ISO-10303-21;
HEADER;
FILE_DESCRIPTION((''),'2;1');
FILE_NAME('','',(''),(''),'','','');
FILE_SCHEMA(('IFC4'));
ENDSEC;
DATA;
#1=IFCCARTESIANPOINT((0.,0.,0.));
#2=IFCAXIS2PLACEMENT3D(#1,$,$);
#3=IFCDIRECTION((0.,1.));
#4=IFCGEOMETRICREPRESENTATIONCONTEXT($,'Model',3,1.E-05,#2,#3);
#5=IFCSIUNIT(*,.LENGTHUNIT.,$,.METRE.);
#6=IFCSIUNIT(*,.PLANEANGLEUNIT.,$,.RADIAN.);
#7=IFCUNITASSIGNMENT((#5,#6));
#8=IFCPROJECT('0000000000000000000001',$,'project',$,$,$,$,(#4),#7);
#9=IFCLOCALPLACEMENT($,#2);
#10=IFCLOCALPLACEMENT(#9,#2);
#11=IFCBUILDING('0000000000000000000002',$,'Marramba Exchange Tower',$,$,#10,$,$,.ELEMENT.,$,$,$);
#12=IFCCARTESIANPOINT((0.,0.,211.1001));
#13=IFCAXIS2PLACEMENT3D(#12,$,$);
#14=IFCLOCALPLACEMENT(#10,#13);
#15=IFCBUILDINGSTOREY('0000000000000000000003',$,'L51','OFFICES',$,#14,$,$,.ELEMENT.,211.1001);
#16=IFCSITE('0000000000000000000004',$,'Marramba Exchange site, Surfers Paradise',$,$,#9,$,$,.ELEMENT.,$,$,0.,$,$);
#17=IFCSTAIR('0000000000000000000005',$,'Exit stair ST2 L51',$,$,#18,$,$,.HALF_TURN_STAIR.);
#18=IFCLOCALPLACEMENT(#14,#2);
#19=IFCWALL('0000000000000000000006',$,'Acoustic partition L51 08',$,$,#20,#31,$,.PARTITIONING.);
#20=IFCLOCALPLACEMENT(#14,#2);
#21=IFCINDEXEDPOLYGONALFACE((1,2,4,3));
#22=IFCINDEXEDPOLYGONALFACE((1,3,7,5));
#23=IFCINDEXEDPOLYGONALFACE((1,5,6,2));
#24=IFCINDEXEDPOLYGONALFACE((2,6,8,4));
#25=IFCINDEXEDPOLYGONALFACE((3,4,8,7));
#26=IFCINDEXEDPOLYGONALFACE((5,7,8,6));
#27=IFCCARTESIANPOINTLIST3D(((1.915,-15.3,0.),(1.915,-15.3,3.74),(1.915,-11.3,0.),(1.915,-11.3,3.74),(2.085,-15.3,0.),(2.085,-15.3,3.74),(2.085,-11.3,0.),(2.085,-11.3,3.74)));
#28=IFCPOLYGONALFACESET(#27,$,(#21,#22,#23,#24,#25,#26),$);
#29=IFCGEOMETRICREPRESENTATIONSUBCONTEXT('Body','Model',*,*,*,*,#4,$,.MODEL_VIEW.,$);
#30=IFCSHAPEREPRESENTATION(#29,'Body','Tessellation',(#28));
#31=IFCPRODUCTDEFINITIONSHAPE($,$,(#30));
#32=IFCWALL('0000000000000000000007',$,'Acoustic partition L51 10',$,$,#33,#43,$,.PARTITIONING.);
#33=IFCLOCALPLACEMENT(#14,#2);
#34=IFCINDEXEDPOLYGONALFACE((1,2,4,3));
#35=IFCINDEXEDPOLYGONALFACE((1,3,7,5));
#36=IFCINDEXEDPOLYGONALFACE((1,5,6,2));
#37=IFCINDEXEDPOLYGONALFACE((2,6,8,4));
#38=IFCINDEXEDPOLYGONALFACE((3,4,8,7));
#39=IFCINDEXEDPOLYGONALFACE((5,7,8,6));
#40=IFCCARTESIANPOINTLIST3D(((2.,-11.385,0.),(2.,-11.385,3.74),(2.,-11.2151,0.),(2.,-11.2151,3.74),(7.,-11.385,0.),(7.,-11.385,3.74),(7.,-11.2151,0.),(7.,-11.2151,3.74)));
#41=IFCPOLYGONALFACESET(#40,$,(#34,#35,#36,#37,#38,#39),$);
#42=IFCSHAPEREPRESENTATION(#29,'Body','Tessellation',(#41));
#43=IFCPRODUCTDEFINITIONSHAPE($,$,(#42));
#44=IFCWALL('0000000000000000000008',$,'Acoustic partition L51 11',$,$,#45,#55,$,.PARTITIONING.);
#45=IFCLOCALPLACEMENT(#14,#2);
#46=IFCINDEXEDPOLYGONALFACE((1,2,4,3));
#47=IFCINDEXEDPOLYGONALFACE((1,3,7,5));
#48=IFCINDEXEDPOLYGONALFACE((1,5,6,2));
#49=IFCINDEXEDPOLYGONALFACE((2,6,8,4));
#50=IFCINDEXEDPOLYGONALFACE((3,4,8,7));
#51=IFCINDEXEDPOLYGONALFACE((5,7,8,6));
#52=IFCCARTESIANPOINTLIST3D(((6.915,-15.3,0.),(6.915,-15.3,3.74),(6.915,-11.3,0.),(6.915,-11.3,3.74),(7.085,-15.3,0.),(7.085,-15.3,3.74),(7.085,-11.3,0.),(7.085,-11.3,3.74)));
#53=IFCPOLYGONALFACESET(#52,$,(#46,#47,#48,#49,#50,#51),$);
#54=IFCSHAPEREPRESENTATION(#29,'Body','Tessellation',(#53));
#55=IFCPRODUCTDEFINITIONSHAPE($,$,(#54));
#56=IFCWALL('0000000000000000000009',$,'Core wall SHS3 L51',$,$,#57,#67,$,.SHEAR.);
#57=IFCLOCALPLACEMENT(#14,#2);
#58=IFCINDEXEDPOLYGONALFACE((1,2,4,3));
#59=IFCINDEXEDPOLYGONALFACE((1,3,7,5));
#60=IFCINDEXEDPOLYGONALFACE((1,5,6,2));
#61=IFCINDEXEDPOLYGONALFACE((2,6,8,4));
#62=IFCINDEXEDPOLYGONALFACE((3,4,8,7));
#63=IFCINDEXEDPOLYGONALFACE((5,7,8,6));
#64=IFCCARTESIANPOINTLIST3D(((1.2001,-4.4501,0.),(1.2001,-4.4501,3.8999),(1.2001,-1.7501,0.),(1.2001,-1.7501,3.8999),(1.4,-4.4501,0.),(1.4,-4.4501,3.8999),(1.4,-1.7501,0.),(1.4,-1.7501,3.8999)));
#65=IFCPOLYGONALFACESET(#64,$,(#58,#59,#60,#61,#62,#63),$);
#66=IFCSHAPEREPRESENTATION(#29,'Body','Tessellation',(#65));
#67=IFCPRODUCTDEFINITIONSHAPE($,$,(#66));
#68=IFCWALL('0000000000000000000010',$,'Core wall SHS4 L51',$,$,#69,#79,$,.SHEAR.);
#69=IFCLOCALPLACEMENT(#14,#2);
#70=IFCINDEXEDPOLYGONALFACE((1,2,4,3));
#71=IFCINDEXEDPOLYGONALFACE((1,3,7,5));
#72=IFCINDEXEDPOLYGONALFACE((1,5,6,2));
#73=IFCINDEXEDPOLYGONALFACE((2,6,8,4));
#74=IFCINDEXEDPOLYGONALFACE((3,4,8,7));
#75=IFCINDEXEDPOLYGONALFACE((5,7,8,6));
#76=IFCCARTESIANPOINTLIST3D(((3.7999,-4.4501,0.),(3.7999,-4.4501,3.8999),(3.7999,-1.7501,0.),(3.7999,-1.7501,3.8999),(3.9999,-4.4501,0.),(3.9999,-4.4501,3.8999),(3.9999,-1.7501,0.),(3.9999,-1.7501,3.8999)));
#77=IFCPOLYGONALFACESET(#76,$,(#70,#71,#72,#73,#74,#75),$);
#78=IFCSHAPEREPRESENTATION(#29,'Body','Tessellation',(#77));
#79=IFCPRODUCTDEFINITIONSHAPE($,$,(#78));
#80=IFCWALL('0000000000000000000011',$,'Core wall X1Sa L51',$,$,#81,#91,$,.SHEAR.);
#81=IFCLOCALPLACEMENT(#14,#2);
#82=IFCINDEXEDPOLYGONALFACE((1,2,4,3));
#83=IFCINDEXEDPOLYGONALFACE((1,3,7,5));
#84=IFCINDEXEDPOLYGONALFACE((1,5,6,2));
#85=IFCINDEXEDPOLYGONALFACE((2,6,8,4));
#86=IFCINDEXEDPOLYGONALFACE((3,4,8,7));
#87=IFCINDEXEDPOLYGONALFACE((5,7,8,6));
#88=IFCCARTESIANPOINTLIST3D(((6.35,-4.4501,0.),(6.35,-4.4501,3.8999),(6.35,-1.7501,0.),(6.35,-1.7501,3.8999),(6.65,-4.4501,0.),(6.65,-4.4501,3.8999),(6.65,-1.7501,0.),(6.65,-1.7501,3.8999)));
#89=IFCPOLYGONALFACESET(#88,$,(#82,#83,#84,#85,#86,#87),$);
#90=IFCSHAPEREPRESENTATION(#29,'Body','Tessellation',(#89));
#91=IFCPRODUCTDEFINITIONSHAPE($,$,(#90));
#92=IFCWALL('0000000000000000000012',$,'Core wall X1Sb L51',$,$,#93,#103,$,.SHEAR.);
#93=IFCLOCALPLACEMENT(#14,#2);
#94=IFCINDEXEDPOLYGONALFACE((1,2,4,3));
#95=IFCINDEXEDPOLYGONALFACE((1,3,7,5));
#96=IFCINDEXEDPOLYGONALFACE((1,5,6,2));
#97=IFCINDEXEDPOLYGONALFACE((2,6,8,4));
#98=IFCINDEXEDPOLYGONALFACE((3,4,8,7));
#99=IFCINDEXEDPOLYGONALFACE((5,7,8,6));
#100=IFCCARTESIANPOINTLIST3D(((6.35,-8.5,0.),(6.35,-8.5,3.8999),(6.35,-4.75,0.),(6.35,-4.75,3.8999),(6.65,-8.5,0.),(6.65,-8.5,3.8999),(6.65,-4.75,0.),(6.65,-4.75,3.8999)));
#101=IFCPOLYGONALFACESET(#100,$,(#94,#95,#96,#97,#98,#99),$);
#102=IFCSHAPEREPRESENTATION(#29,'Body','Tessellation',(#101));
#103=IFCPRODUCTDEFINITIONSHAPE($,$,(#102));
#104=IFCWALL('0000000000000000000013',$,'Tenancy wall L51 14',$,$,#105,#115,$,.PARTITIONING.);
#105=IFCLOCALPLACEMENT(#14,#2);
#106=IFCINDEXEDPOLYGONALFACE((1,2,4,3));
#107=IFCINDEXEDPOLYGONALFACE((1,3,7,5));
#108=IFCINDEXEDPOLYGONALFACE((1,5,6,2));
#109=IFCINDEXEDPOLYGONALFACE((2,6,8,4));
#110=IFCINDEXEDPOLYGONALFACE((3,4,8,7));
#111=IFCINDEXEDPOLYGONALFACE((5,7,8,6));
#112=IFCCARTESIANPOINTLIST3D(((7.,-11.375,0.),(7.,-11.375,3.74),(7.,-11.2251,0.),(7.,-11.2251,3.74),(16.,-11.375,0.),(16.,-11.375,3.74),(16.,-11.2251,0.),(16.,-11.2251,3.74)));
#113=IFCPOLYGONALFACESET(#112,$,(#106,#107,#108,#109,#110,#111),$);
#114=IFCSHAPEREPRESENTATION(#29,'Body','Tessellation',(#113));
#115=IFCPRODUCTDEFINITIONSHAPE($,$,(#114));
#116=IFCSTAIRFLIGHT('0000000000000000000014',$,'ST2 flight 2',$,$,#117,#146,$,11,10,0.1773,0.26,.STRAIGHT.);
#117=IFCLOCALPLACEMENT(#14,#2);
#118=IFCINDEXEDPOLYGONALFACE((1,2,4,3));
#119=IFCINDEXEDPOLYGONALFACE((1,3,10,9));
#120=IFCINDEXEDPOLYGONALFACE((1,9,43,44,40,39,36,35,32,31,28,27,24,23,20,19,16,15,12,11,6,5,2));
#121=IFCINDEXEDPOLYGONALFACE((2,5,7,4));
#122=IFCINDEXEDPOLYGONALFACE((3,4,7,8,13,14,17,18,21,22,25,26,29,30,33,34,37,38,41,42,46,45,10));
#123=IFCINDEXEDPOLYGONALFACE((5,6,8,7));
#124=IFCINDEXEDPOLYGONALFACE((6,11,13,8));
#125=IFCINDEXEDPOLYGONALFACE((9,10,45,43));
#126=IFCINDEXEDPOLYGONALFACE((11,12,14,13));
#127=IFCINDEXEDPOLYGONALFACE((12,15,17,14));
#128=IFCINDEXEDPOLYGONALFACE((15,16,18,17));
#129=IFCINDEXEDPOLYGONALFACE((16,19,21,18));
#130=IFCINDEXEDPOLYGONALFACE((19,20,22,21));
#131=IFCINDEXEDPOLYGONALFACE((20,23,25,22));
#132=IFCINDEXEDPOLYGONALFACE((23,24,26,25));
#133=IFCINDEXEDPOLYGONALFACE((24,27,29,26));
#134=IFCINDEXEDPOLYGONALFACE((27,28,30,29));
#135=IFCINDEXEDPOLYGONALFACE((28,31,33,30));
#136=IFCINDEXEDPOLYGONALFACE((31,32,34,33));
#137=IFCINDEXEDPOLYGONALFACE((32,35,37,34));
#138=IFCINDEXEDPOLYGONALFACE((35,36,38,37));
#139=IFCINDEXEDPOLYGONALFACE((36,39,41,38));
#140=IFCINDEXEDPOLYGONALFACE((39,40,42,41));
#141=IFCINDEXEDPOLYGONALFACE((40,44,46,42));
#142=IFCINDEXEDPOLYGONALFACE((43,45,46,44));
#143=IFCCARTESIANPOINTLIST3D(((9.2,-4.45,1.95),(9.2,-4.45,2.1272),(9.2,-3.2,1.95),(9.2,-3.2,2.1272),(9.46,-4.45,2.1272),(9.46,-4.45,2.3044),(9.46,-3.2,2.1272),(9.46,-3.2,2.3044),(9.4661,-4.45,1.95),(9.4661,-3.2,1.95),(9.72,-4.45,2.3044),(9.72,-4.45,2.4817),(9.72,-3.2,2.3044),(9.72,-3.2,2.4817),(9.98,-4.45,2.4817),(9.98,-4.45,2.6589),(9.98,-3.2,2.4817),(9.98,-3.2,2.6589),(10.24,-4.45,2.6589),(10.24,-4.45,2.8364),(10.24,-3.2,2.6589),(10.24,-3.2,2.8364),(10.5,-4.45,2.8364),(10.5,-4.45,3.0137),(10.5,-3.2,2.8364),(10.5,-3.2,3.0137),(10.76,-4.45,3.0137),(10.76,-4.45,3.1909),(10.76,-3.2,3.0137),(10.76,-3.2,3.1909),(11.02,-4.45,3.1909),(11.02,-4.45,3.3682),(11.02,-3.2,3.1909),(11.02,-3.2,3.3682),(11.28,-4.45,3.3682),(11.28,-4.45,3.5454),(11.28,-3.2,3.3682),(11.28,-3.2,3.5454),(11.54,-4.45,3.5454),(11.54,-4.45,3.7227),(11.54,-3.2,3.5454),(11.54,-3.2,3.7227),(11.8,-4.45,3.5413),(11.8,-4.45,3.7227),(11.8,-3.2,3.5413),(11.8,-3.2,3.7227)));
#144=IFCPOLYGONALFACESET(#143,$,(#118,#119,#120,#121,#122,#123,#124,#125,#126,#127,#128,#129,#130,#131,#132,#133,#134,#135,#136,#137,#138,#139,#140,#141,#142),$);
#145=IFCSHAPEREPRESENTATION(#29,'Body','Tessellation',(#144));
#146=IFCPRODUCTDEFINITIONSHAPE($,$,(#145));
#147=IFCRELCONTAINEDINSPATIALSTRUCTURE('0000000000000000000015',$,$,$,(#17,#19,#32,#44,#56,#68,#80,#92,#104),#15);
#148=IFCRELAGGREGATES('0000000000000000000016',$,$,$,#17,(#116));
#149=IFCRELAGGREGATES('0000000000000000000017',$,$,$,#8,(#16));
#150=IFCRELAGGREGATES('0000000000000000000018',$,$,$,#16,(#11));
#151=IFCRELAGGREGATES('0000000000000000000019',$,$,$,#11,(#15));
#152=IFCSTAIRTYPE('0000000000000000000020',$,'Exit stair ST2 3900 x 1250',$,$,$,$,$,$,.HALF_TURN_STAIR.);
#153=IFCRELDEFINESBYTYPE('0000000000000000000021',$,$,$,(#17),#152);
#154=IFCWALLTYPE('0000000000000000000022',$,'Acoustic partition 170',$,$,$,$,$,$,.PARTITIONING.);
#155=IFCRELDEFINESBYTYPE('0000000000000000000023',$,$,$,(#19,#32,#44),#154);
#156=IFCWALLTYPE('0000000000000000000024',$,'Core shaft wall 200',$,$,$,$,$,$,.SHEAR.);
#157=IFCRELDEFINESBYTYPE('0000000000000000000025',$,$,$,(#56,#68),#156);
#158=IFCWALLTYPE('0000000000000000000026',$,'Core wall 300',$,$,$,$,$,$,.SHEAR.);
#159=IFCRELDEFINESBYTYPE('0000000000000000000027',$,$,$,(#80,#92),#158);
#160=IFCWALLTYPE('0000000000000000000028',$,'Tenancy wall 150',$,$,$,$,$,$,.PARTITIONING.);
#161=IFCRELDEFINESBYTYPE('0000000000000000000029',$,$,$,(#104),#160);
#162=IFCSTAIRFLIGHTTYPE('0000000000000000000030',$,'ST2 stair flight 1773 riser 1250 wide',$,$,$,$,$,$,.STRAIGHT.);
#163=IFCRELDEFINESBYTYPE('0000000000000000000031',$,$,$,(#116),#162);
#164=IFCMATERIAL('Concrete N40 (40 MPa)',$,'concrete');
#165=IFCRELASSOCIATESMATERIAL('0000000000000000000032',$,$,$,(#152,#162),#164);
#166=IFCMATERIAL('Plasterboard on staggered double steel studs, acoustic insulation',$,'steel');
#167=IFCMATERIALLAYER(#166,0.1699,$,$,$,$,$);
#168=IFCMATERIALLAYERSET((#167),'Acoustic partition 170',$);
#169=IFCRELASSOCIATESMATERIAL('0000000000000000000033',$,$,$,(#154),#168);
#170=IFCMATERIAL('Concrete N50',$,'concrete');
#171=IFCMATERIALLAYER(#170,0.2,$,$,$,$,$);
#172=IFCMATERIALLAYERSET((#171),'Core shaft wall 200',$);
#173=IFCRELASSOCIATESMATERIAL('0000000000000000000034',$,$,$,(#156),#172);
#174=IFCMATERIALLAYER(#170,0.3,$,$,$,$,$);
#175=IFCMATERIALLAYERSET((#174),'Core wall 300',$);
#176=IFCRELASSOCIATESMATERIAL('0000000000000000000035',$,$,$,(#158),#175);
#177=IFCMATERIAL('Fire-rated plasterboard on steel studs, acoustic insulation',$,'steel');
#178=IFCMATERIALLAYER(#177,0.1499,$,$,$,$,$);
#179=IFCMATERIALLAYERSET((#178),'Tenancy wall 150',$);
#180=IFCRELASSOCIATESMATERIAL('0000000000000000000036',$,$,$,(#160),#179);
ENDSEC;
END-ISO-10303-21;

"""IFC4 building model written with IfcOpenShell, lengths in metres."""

from ifc_helpers import new_model, si_unit, direction, frame, frame_2d, origin, place, context, subcontext, project, spatial, polyline, rectangle, outline, extrude, material, layer, layer_set, type_object, element, aggregate, save


model = new_model("IFC4")

# Units and contexts
model_context = context("Model", 3, precision=1e-05, world=origin(), true_north=direction((0.0, 1.0)))
body_context = subcontext(model_context, "Body", "Model", "MODEL_VIEW")
ifc_project = project(units=[si_unit("LENGTHUNIT", "METRE"), si_unit("PLANEANGLEUNIT", "RADIAN")], contexts=[model_context])

# Site, building, storey
site_placement = place(None, origin())
site = spatial("IfcSite", under=ifc_project, at=site_placement, Name="Marramba Exchange site, Surfers Paradise", CompositionType="ELEMENT", RefElevation=0.0)
building_placement = place(site_placement, origin())
building = spatial("IfcBuilding", under=site, at=building_placement, Name="Marramba Exchange Tower", CompositionType="ELEMENT")
storey_placement = place(building_placement, frame((0.0, 0.0, 211.1001)))
storey = spatial("IfcBuildingStorey", under=building, at=storey_placement, Name="L51", Description="OFFICES", CompositionType="ELEMENT", Elevation=211.1001)

# Stair
ifc_material_1 = material(Name="Concrete N40 (40 MPa)", Category="concrete")
stair_type_1 = type_object("IfcStairType", Name="Exit stair ST2 3900 x 1250", PredefinedType="HALF_TURN_STAIR", material=ifc_material_1)
stair_1_placement = place(storey_placement, origin())
stair_1 = element("IfcStair", 1, at=stair_1_placement, inside=storey, type_object=stair_type_1, Name="Exit stair ST2 L51", PredefinedType="HALF_TURN_STAIR")

# Walls
ifc_material_2 = material(Name="Plasterboard on staggered double steel studs, acoustic insulation", Category="steel")
ifc_layer_1 = layer(ifc_material_2, 0.1699)
ifc_layer_set_1 = layer_set([ifc_layer_1], Name="Acoustic partition 170")
wall_type_1 = type_object("IfcWallType", Name="Acoustic partition 170", PredefinedType="PARTITIONING", material=ifc_layer_set_1)
wall_1_placement = place(storey_placement, frame((2.0, -11.3, 0.0), z_axis=(0.0, 0.0, 1.0), x_axis=(0.0, -1.0, 0.0)))
element("IfcWall", 2, at=wall_1_placement, inside=storey, type_object=wall_type_1, Name="Acoustic partition L51 08", PredefinedType="PARTITIONING", context=body_context, shape_type="SweptSolid", body=[
    extrude(rectangle(XDim=4.0, YDim=0.1699, at=frame_2d((2.0, 0.0))), origin(), (0.0, 0.0, 1.0), 3.74),
])
wall_2_placement = place(storey_placement, frame((7.0, -11.3, 0.0), z_axis=(0.0, 0.0, 1.0), x_axis=(-1.0, 0.0, 0.0)))
element("IfcWall", 3, at=wall_2_placement, inside=storey, type_object=wall_type_1, Name="Acoustic partition L51 10", PredefinedType="PARTITIONING", context=body_context, shape_type="SweptSolid", body=[
    extrude(rectangle(XDim=5.0, YDim=0.1699, at=frame_2d((2.5, 0.0))), origin(), (0.0, 0.0, 1.0), 3.74),
])
wall_3_placement = place(storey_placement, frame((7.0, -11.3, 0.0), z_axis=(0.0, 0.0, 1.0), x_axis=(0.0, -1.0, 0.0)))
element("IfcWall", 4, at=wall_3_placement, inside=storey, type_object=wall_type_1, Name="Acoustic partition L51 11", PredefinedType="PARTITIONING", context=body_context, shape_type="SweptSolid", body=[
    extrude(rectangle(XDim=4.0, YDim=0.1699, at=frame_2d((2.0, 0.0))), origin(), (0.0, 0.0, 1.0), 3.74),
])
ifc_material_3 = material(Name="Concrete N50", Category="concrete")
ifc_layer_2 = layer(ifc_material_3, 0.2)
ifc_layer_set_2 = layer_set([ifc_layer_2], Name="Core shaft wall 200")
wall_type_2 = type_object("IfcWallType", Name="Core shaft wall 200", PredefinedType="SHEAR", material=ifc_layer_set_2)
for number, where, z_axis, x_axis, name in (
    (5, (1.3, -1.75, 0.0), (0.0, 0.0, 1.0), (0.0, -1.0, 0.0), "Core wall SHS3 L51"),
    (6, (3.8999, -1.75, 0.0), (0.0, 0.0, 1.0), (0.0, -1.0, 0.0), "Core wall SHS4 L51"),
):
    element("IfcWall", number, at=place(storey_placement, frame(where, z_axis=z_axis, x_axis=x_axis)), inside=storey, type_object=wall_type_2, Name=name, PredefinedType="SHEAR", context=body_context, shape_type="SweptSolid", body=[
        extrude(rectangle(XDim=2.7, YDim=0.2, at=frame_2d((1.3501, 0.0))), origin(), (0.0, 0.0, 1.0), 3.8999),
    ])
ifc_layer_3 = layer(ifc_material_3, 0.3)
ifc_layer_set_3 = layer_set([ifc_layer_3], Name="Core wall 300")
wall_type_3 = type_object("IfcWallType", Name="Core wall 300", PredefinedType="SHEAR", material=ifc_layer_set_3)
wall_4_placement = place(storey_placement, frame((6.5, -1.75, 0.0), z_axis=(0.0, 0.0, 1.0), x_axis=(0.0, -1.0, 0.0)))
element("IfcWall", 7, at=wall_4_placement, inside=storey, type_object=wall_type_3, Name="Core wall X1Sa L51", PredefinedType="SHEAR", context=body_context, shape_type="SweptSolid", body=[
    extrude(rectangle(XDim=2.7, YDim=0.3, at=frame_2d((1.3501, 0.0))), origin(), (0.0, 0.0, 1.0), 3.8999),
])
wall_5_placement = place(storey_placement, frame((6.5, -4.75, 0.0), z_axis=(0.0, 0.0, 1.0), x_axis=(0.0, -1.0, 0.0)))
element("IfcWall", 8, at=wall_5_placement, inside=storey, type_object=wall_type_3, Name="Core wall X1Sb L51", PredefinedType="SHEAR", context=body_context, shape_type="SweptSolid", body=[
    extrude(rectangle(XDim=3.75, YDim=0.3, at=frame_2d((1.875, 0.0))), origin(), (0.0, 0.0, 1.0), 3.8999),
])

# Wall
ifc_material_4 = material(Name="Fire-rated plasterboard on steel studs, acoustic insulation", Category="steel")
ifc_layer_4 = layer(ifc_material_4, 0.1499)
ifc_layer_set_4 = layer_set([ifc_layer_4], Name="Tenancy wall 150")
wall_type_4 = type_object("IfcWallType", Name="Tenancy wall 150", PredefinedType="PARTITIONING", material=ifc_layer_set_4)
wall_6_placement = place(storey_placement, frame((7.0, -11.3, 0.0), z_axis=(0.0, 0.0, 1.0), x_axis=(1.0, 0.0, 0.0)))
element("IfcWall", 9, at=wall_6_placement, inside=storey, type_object=wall_type_4, Name="Tenancy wall L51 14", PredefinedType="PARTITIONING", context=body_context, shape_type="SweptSolid", body=[
    extrude(rectangle(XDim=9.0, YDim=0.1499, at=frame_2d((4.5, 0.0))), origin(), (0.0, 0.0, 1.0), 3.74),
])

# Stair flight
stair_flight_type = type_object("IfcStairFlightType", Name="ST2 stair flight 1773 riser 1250 wide", PredefinedType="STRAIGHT", material=ifc_material_1)
stair_flight_placement = place(storey_placement, frame((9.2, -3.825, 1.95), z_axis=(0.0, 0.0, 1.0), x_axis=(1.0, 0.0, 0.0)))
stair_flight = element("IfcStairFlight", 10, at=stair_flight_placement, type_object=stair_flight_type, Name="ST2 flight 2", NumberOfRisers=11, NumberOfTreads=10, PredefinedType="STRAIGHT", RiserHeight=0.1773, TreadLength=0.26, context=body_context, shape_type="SweptSolid", body=[
    extrude(outline(polyline([(0.0, 0.0), (0.0, 0.1772), (0.26, 0.1772), (0.26, 0.3545), (0.52, 0.3545), (0.52, 0.5317), (0.78, 0.5317), (0.78, 0.709), (1.04, 0.709), (1.04, 0.8865), (1.3, 0.8865), (1.3, 1.0637), (1.5601, 1.0637), (1.5601, 1.241), (1.8201, 1.241), (1.8201, 1.4182), (2.0801, 1.4182), (2.0801, 1.5955), (2.3401, 1.5955), (2.3401, 1.7727), (2.6001, 1.7727), (2.6001, 1.95), (2.6001, 1.5913), (0.2661, 0.0), (0.0, 0.0)])), frame((0.0, 0.625, 0.0), z_axis=(0.0, -1.0, 0.0), x_axis=(1.0, 0.0, 0.0)), (0.0, 0.0, 1.0), 1.25),
])
aggregate(stair_1, [stair_flight])

save(model, "model.ifc")
